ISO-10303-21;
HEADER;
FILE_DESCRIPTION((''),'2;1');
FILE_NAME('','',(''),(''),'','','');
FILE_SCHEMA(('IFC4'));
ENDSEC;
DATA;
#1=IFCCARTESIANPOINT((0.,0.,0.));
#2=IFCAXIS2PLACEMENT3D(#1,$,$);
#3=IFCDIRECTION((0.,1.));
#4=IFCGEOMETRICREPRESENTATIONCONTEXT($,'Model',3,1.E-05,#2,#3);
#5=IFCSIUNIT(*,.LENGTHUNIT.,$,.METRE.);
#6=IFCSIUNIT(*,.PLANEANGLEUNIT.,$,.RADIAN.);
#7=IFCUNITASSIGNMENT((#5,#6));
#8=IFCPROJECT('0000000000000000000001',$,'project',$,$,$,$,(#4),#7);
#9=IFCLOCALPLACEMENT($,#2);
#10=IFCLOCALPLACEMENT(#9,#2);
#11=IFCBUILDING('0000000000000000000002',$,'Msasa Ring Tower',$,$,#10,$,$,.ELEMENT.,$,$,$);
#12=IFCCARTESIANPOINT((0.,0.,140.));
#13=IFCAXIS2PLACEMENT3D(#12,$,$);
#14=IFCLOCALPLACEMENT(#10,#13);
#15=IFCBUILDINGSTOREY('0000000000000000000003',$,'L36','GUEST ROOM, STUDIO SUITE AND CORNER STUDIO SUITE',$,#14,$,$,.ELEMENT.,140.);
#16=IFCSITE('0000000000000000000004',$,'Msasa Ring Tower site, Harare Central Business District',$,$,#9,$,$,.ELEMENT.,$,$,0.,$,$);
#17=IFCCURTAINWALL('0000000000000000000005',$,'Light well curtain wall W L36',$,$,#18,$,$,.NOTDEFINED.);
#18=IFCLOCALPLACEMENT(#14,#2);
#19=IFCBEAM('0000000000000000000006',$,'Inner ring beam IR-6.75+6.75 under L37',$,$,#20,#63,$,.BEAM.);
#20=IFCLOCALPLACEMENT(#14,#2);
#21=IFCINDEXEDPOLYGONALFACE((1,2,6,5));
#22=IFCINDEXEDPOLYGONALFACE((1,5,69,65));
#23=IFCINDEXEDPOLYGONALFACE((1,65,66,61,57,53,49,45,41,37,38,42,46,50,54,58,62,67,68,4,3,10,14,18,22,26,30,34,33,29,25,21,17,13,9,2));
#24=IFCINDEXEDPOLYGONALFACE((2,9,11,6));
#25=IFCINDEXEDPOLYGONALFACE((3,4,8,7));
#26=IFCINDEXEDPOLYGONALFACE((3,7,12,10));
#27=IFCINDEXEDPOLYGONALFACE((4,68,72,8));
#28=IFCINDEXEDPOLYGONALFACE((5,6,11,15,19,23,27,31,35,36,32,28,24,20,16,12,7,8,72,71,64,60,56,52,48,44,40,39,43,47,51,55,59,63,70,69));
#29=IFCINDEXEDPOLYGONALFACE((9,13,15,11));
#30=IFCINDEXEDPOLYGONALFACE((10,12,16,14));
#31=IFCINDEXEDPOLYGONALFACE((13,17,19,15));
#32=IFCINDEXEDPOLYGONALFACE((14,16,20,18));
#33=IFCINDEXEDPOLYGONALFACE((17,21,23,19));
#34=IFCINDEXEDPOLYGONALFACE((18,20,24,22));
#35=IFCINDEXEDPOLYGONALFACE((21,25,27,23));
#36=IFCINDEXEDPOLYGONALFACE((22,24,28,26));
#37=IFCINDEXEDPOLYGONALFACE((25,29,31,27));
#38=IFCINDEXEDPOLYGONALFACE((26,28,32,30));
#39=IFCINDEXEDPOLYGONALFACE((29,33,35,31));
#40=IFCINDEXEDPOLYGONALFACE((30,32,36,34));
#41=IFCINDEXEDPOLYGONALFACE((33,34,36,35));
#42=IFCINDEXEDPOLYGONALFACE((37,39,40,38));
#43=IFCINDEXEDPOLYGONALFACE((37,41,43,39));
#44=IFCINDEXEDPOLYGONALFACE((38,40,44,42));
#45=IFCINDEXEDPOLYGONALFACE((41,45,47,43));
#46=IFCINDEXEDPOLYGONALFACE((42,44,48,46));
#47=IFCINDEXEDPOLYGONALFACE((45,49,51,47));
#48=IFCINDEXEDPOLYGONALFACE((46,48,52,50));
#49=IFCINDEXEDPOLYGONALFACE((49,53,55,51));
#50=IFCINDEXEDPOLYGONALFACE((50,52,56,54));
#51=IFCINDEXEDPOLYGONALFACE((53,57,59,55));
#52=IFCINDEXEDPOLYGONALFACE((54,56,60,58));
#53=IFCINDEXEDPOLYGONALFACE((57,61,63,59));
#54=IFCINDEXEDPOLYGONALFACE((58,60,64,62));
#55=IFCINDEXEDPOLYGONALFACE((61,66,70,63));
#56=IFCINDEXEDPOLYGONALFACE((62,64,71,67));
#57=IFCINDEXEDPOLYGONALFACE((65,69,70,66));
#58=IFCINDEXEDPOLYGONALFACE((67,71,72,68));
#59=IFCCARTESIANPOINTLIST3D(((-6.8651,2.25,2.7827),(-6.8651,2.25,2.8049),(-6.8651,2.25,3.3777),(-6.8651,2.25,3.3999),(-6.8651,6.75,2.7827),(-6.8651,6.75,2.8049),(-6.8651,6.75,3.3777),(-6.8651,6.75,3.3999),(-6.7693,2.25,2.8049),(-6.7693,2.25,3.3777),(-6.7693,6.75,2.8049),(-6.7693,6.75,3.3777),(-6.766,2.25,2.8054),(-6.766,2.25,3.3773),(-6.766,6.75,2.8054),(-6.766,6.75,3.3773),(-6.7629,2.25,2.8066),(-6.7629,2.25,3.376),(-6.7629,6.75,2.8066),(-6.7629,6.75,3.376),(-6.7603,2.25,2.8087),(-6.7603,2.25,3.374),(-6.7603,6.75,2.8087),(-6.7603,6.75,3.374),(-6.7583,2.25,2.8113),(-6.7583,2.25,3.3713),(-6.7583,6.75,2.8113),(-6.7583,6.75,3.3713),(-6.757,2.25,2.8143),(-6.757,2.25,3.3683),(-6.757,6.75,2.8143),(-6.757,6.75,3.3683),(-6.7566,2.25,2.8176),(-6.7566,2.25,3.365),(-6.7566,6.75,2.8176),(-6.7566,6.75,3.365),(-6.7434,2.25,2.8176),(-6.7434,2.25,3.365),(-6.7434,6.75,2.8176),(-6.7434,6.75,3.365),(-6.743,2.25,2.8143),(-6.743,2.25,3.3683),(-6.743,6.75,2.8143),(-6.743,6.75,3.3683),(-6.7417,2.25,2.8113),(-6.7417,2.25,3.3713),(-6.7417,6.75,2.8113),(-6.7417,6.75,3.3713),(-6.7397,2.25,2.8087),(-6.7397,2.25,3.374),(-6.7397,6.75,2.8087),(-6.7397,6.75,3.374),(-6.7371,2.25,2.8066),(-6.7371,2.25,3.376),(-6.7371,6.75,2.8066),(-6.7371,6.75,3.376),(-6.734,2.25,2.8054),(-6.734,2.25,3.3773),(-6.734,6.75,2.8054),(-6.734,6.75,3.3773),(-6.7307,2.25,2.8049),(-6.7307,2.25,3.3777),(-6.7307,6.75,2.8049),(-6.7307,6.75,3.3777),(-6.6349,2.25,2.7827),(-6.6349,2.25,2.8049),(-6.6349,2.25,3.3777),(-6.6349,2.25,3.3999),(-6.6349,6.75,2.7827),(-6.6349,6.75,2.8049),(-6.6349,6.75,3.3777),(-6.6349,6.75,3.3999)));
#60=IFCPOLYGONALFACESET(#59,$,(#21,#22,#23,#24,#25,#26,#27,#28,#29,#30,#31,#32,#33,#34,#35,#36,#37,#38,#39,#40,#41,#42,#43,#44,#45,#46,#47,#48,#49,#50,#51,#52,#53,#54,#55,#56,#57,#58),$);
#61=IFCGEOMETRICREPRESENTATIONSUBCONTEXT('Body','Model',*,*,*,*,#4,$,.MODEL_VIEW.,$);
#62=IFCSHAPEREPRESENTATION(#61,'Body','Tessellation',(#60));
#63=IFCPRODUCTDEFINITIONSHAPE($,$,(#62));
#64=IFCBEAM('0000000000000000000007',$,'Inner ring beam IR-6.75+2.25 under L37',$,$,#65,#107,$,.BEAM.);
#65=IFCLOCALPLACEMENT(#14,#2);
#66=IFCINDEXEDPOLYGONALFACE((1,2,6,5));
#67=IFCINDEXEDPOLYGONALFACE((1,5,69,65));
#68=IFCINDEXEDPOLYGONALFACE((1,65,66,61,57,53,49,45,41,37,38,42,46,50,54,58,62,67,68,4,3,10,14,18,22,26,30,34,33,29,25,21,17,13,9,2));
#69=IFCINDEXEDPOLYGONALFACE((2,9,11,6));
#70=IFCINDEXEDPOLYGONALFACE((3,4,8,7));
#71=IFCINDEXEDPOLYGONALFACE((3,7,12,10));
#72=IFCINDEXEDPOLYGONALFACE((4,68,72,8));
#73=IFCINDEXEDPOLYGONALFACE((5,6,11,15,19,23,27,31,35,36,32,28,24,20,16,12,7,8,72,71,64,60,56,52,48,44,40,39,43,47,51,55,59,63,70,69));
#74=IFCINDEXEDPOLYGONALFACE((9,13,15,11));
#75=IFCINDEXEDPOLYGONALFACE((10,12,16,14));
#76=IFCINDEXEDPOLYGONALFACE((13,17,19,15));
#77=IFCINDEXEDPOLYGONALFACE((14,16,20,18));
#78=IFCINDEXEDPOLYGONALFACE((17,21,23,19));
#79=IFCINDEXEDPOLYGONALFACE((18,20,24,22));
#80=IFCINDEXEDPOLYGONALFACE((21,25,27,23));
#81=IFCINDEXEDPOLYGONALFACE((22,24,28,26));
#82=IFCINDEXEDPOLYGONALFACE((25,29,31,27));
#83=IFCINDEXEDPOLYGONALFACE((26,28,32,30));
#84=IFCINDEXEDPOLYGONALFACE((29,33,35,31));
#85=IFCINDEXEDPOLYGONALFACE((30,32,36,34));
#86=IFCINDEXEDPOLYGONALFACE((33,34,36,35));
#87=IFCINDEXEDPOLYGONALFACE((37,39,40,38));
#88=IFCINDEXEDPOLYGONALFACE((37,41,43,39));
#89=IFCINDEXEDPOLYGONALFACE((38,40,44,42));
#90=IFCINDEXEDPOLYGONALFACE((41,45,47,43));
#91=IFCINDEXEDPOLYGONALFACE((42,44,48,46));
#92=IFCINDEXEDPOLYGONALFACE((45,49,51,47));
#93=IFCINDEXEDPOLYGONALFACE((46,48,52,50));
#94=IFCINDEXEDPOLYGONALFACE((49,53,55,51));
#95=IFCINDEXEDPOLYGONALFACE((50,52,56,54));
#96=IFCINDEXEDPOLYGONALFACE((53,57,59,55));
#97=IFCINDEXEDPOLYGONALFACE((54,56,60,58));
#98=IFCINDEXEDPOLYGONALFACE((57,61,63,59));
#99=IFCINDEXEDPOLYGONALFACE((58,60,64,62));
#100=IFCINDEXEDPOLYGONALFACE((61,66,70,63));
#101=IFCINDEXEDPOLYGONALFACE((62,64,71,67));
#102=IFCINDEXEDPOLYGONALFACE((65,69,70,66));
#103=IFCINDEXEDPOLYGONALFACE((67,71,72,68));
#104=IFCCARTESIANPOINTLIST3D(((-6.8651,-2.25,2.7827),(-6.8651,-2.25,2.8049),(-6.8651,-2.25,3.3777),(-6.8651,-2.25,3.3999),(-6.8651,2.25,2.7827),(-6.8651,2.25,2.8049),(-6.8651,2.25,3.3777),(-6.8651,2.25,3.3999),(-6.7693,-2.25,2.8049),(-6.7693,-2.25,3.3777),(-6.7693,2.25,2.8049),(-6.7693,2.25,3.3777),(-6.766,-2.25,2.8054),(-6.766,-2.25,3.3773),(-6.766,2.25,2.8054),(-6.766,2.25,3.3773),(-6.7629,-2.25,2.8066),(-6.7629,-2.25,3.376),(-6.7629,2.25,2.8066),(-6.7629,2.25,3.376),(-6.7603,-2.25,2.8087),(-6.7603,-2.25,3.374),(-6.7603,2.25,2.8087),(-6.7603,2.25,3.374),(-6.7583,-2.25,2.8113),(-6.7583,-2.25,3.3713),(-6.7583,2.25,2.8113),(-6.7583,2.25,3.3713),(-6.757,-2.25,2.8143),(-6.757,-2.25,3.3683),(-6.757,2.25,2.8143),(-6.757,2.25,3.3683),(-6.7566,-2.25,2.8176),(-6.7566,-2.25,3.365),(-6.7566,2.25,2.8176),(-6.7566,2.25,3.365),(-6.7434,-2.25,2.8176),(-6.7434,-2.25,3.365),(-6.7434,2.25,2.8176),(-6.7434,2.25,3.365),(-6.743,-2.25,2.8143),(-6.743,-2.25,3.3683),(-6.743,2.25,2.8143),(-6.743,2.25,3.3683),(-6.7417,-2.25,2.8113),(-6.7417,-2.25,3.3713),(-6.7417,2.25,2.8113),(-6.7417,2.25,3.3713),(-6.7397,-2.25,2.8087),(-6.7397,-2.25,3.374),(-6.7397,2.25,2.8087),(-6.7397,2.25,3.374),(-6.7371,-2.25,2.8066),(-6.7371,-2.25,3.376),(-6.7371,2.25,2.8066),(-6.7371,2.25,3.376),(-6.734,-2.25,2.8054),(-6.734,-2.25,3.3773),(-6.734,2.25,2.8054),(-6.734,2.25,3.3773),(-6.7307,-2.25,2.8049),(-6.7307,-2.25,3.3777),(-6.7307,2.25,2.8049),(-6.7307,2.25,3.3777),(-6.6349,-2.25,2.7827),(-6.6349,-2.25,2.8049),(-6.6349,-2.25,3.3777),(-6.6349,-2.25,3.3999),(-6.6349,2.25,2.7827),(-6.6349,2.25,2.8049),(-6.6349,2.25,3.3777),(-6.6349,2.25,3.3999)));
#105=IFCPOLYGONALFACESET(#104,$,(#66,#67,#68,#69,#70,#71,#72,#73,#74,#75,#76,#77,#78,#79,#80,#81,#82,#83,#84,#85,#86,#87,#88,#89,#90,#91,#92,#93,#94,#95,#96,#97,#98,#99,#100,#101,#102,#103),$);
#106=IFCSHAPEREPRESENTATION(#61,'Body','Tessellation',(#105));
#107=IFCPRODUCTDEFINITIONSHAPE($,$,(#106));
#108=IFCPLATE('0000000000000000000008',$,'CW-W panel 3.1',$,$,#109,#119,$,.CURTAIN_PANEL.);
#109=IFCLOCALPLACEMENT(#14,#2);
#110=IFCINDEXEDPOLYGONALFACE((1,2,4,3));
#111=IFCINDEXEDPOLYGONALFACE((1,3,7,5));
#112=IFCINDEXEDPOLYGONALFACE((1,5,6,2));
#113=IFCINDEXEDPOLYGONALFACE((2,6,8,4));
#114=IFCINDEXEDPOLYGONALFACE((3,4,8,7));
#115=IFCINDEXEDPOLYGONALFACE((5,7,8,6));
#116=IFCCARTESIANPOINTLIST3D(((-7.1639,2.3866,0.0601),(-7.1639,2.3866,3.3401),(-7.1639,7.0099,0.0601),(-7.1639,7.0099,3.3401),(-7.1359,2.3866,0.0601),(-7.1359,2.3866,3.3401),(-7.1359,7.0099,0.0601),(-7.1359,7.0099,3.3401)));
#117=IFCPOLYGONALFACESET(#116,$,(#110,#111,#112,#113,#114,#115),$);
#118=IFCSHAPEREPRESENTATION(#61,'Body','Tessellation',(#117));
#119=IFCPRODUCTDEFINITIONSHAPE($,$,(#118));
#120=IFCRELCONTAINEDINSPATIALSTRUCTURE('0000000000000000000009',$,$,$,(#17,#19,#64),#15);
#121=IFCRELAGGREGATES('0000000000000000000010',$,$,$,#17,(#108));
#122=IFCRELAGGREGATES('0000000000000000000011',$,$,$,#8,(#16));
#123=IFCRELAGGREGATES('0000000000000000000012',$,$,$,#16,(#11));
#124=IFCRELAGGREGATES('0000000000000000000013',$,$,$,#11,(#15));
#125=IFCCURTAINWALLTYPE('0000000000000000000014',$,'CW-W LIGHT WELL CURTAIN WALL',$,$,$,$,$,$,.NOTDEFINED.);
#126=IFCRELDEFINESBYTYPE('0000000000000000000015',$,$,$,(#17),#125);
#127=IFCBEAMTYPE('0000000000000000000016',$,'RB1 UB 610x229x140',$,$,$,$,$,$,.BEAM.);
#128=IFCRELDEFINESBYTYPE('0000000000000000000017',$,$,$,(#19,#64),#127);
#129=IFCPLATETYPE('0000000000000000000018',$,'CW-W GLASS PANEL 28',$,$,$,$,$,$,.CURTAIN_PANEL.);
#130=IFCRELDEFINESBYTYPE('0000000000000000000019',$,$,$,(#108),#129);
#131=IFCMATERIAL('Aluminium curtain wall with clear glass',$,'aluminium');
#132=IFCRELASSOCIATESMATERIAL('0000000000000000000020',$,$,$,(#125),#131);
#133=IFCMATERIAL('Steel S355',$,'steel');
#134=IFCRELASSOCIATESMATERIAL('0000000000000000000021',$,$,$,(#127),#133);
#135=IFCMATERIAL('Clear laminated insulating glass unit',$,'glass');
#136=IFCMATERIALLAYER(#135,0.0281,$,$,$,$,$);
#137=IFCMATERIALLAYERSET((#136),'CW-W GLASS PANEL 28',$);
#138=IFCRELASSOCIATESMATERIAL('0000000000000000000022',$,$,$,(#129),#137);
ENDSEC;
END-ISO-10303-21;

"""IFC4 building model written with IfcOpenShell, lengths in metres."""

from ifc_helpers import new_model, si_unit, direction, frame, origin, origin_2d, place, context, subcontext, project, spatial, rectangle, i_section, extrude, material, layer, layer_set, material_profile, profile_set, type_object, element, aggregate, save


model = new_model("IFC4")

# Units and contexts
model_context = context("Model", 3, precision=1e-05, world=origin(), true_north=direction((0.0, 1.0)))
body_context = subcontext(model_context, "Body", "Model", "MODEL_VIEW")
ifc_project = project(units=[si_unit("LENGTHUNIT", "METRE"), si_unit("PLANEANGLEUNIT", "RADIAN")], contexts=[model_context])

# Site, building, storey
site_placement = place(None, origin())
site = spatial("IfcSite", under=ifc_project, at=site_placement, Name="Msasa Ring Tower site, Harare Central Business District", CompositionType="ELEMENT", RefElevation=0.0)
building_placement = place(site_placement, origin())
building = spatial("IfcBuilding", under=site, at=building_placement, Name="Msasa Ring Tower", CompositionType="ELEMENT")
storey_placement = place(building_placement, frame((0.0, 0.0, 140.0)))
storey = spatial("IfcBuildingStorey", under=building, at=storey_placement, Name="L36", Description="GUEST ROOM, STUDIO SUITE AND CORNER STUDIO SUITE", CompositionType="ELEMENT", Elevation=140.0)

# Shared definitions
ifc_material_1 = material(Name="Aluminium curtain wall with clear glass", Category="aluminium")
curtain_wall_type = type_object("IfcCurtainWallType", Name="CW-W LIGHT WELL CURTAIN WALL", PredefinedType="NOTDEFINED", material=ifc_material_1)

# Curtain wall
curtain_wall_1_placement = place(storey_placement, origin())
curtain_wall_1 = element("IfcCurtainWall", 1, at=curtain_wall_1_placement, inside=storey, type_object=curtain_wall_type, Name="Light well curtain wall W L36", PredefinedType="NOTDEFINED")

# Beams
ifc_material_2 = material(Name="Steel S355", Category="steel")
ifc_material_profile_1 = material_profile(ifc_material_2, i_section(OverallWidth=0.2302, OverallDepth=0.6172, WebThickness=0.0132, FlangeThickness=0.0222, FilletRadius=0.0127, at=origin_2d()), Name="UB 610x229x140")
ifc_profile_set_1 = profile_set([ifc_material_profile_1], Name="Steel S355")
beam_type = type_object("IfcBeamType", Name="RB1 UB 610x229x140", PredefinedType="BEAM", material=ifc_profile_set_1)
for number, where, z_axis, x_axis, name in (
    (2, (-6.75, 6.75, 3.0913), (0.0, -1.0, 0.0), (1.0, 0.0, 0.0), "Inner ring beam IR-6.75+6.75 under L37"),
    (3, (-6.75, 2.25, 3.0913), (0.0, -1.0, 0.0), (1.0, 0.0, 0.0), "Inner ring beam IR-6.75+2.25 under L37"),
):
    element("IfcBeam", number, at=place(storey_placement, frame(where, z_axis=z_axis, x_axis=x_axis)), inside=storey, type_object=beam_type, Name=name, PredefinedType="BEAM", context=body_context, shape_type="SweptSolid", body=[
        extrude(i_section(OverallWidth=0.2302, OverallDepth=0.6172, WebThickness=0.0132, FlangeThickness=0.0222, FilletRadius=0.0127, at=origin_2d()), origin(), (0.0, 0.0, 1.0), 4.5),
    ])

# Plate
ifc_material_3 = material(Name="Clear laminated insulating glass unit", Category="glass")
ifc_layer_1 = layer(ifc_material_3, 0.0281)
ifc_layer_set_1 = layer_set([ifc_layer_1], Name="CW-W GLASS PANEL 28")
plate_type = type_object("IfcPlateType", Name="CW-W GLASS PANEL 28", PredefinedType="CURTAIN_PANEL", material=ifc_layer_set_1)
plate_placement = place(storey_placement, frame((-7.1499, 4.6982, 0.0601), z_axis=(0.0, 0.0, 1.0), x_axis=(0.0, 1.0, 0.0)))
plate = element("IfcPlate", 4, at=plate_placement, type_object=plate_type, Name="CW-W panel 3.1", PredefinedType="CURTAIN_PANEL", context=body_context, shape_type="SweptSolid", body=[
    extrude(rectangle(XDim=4.6233, YDim=0.0281, at=origin_2d()), origin(), (0.0, 0.0, 1.0), 3.28),
])
aggregate(curtain_wall_1, [plate])

save(model, "model.ifc")
